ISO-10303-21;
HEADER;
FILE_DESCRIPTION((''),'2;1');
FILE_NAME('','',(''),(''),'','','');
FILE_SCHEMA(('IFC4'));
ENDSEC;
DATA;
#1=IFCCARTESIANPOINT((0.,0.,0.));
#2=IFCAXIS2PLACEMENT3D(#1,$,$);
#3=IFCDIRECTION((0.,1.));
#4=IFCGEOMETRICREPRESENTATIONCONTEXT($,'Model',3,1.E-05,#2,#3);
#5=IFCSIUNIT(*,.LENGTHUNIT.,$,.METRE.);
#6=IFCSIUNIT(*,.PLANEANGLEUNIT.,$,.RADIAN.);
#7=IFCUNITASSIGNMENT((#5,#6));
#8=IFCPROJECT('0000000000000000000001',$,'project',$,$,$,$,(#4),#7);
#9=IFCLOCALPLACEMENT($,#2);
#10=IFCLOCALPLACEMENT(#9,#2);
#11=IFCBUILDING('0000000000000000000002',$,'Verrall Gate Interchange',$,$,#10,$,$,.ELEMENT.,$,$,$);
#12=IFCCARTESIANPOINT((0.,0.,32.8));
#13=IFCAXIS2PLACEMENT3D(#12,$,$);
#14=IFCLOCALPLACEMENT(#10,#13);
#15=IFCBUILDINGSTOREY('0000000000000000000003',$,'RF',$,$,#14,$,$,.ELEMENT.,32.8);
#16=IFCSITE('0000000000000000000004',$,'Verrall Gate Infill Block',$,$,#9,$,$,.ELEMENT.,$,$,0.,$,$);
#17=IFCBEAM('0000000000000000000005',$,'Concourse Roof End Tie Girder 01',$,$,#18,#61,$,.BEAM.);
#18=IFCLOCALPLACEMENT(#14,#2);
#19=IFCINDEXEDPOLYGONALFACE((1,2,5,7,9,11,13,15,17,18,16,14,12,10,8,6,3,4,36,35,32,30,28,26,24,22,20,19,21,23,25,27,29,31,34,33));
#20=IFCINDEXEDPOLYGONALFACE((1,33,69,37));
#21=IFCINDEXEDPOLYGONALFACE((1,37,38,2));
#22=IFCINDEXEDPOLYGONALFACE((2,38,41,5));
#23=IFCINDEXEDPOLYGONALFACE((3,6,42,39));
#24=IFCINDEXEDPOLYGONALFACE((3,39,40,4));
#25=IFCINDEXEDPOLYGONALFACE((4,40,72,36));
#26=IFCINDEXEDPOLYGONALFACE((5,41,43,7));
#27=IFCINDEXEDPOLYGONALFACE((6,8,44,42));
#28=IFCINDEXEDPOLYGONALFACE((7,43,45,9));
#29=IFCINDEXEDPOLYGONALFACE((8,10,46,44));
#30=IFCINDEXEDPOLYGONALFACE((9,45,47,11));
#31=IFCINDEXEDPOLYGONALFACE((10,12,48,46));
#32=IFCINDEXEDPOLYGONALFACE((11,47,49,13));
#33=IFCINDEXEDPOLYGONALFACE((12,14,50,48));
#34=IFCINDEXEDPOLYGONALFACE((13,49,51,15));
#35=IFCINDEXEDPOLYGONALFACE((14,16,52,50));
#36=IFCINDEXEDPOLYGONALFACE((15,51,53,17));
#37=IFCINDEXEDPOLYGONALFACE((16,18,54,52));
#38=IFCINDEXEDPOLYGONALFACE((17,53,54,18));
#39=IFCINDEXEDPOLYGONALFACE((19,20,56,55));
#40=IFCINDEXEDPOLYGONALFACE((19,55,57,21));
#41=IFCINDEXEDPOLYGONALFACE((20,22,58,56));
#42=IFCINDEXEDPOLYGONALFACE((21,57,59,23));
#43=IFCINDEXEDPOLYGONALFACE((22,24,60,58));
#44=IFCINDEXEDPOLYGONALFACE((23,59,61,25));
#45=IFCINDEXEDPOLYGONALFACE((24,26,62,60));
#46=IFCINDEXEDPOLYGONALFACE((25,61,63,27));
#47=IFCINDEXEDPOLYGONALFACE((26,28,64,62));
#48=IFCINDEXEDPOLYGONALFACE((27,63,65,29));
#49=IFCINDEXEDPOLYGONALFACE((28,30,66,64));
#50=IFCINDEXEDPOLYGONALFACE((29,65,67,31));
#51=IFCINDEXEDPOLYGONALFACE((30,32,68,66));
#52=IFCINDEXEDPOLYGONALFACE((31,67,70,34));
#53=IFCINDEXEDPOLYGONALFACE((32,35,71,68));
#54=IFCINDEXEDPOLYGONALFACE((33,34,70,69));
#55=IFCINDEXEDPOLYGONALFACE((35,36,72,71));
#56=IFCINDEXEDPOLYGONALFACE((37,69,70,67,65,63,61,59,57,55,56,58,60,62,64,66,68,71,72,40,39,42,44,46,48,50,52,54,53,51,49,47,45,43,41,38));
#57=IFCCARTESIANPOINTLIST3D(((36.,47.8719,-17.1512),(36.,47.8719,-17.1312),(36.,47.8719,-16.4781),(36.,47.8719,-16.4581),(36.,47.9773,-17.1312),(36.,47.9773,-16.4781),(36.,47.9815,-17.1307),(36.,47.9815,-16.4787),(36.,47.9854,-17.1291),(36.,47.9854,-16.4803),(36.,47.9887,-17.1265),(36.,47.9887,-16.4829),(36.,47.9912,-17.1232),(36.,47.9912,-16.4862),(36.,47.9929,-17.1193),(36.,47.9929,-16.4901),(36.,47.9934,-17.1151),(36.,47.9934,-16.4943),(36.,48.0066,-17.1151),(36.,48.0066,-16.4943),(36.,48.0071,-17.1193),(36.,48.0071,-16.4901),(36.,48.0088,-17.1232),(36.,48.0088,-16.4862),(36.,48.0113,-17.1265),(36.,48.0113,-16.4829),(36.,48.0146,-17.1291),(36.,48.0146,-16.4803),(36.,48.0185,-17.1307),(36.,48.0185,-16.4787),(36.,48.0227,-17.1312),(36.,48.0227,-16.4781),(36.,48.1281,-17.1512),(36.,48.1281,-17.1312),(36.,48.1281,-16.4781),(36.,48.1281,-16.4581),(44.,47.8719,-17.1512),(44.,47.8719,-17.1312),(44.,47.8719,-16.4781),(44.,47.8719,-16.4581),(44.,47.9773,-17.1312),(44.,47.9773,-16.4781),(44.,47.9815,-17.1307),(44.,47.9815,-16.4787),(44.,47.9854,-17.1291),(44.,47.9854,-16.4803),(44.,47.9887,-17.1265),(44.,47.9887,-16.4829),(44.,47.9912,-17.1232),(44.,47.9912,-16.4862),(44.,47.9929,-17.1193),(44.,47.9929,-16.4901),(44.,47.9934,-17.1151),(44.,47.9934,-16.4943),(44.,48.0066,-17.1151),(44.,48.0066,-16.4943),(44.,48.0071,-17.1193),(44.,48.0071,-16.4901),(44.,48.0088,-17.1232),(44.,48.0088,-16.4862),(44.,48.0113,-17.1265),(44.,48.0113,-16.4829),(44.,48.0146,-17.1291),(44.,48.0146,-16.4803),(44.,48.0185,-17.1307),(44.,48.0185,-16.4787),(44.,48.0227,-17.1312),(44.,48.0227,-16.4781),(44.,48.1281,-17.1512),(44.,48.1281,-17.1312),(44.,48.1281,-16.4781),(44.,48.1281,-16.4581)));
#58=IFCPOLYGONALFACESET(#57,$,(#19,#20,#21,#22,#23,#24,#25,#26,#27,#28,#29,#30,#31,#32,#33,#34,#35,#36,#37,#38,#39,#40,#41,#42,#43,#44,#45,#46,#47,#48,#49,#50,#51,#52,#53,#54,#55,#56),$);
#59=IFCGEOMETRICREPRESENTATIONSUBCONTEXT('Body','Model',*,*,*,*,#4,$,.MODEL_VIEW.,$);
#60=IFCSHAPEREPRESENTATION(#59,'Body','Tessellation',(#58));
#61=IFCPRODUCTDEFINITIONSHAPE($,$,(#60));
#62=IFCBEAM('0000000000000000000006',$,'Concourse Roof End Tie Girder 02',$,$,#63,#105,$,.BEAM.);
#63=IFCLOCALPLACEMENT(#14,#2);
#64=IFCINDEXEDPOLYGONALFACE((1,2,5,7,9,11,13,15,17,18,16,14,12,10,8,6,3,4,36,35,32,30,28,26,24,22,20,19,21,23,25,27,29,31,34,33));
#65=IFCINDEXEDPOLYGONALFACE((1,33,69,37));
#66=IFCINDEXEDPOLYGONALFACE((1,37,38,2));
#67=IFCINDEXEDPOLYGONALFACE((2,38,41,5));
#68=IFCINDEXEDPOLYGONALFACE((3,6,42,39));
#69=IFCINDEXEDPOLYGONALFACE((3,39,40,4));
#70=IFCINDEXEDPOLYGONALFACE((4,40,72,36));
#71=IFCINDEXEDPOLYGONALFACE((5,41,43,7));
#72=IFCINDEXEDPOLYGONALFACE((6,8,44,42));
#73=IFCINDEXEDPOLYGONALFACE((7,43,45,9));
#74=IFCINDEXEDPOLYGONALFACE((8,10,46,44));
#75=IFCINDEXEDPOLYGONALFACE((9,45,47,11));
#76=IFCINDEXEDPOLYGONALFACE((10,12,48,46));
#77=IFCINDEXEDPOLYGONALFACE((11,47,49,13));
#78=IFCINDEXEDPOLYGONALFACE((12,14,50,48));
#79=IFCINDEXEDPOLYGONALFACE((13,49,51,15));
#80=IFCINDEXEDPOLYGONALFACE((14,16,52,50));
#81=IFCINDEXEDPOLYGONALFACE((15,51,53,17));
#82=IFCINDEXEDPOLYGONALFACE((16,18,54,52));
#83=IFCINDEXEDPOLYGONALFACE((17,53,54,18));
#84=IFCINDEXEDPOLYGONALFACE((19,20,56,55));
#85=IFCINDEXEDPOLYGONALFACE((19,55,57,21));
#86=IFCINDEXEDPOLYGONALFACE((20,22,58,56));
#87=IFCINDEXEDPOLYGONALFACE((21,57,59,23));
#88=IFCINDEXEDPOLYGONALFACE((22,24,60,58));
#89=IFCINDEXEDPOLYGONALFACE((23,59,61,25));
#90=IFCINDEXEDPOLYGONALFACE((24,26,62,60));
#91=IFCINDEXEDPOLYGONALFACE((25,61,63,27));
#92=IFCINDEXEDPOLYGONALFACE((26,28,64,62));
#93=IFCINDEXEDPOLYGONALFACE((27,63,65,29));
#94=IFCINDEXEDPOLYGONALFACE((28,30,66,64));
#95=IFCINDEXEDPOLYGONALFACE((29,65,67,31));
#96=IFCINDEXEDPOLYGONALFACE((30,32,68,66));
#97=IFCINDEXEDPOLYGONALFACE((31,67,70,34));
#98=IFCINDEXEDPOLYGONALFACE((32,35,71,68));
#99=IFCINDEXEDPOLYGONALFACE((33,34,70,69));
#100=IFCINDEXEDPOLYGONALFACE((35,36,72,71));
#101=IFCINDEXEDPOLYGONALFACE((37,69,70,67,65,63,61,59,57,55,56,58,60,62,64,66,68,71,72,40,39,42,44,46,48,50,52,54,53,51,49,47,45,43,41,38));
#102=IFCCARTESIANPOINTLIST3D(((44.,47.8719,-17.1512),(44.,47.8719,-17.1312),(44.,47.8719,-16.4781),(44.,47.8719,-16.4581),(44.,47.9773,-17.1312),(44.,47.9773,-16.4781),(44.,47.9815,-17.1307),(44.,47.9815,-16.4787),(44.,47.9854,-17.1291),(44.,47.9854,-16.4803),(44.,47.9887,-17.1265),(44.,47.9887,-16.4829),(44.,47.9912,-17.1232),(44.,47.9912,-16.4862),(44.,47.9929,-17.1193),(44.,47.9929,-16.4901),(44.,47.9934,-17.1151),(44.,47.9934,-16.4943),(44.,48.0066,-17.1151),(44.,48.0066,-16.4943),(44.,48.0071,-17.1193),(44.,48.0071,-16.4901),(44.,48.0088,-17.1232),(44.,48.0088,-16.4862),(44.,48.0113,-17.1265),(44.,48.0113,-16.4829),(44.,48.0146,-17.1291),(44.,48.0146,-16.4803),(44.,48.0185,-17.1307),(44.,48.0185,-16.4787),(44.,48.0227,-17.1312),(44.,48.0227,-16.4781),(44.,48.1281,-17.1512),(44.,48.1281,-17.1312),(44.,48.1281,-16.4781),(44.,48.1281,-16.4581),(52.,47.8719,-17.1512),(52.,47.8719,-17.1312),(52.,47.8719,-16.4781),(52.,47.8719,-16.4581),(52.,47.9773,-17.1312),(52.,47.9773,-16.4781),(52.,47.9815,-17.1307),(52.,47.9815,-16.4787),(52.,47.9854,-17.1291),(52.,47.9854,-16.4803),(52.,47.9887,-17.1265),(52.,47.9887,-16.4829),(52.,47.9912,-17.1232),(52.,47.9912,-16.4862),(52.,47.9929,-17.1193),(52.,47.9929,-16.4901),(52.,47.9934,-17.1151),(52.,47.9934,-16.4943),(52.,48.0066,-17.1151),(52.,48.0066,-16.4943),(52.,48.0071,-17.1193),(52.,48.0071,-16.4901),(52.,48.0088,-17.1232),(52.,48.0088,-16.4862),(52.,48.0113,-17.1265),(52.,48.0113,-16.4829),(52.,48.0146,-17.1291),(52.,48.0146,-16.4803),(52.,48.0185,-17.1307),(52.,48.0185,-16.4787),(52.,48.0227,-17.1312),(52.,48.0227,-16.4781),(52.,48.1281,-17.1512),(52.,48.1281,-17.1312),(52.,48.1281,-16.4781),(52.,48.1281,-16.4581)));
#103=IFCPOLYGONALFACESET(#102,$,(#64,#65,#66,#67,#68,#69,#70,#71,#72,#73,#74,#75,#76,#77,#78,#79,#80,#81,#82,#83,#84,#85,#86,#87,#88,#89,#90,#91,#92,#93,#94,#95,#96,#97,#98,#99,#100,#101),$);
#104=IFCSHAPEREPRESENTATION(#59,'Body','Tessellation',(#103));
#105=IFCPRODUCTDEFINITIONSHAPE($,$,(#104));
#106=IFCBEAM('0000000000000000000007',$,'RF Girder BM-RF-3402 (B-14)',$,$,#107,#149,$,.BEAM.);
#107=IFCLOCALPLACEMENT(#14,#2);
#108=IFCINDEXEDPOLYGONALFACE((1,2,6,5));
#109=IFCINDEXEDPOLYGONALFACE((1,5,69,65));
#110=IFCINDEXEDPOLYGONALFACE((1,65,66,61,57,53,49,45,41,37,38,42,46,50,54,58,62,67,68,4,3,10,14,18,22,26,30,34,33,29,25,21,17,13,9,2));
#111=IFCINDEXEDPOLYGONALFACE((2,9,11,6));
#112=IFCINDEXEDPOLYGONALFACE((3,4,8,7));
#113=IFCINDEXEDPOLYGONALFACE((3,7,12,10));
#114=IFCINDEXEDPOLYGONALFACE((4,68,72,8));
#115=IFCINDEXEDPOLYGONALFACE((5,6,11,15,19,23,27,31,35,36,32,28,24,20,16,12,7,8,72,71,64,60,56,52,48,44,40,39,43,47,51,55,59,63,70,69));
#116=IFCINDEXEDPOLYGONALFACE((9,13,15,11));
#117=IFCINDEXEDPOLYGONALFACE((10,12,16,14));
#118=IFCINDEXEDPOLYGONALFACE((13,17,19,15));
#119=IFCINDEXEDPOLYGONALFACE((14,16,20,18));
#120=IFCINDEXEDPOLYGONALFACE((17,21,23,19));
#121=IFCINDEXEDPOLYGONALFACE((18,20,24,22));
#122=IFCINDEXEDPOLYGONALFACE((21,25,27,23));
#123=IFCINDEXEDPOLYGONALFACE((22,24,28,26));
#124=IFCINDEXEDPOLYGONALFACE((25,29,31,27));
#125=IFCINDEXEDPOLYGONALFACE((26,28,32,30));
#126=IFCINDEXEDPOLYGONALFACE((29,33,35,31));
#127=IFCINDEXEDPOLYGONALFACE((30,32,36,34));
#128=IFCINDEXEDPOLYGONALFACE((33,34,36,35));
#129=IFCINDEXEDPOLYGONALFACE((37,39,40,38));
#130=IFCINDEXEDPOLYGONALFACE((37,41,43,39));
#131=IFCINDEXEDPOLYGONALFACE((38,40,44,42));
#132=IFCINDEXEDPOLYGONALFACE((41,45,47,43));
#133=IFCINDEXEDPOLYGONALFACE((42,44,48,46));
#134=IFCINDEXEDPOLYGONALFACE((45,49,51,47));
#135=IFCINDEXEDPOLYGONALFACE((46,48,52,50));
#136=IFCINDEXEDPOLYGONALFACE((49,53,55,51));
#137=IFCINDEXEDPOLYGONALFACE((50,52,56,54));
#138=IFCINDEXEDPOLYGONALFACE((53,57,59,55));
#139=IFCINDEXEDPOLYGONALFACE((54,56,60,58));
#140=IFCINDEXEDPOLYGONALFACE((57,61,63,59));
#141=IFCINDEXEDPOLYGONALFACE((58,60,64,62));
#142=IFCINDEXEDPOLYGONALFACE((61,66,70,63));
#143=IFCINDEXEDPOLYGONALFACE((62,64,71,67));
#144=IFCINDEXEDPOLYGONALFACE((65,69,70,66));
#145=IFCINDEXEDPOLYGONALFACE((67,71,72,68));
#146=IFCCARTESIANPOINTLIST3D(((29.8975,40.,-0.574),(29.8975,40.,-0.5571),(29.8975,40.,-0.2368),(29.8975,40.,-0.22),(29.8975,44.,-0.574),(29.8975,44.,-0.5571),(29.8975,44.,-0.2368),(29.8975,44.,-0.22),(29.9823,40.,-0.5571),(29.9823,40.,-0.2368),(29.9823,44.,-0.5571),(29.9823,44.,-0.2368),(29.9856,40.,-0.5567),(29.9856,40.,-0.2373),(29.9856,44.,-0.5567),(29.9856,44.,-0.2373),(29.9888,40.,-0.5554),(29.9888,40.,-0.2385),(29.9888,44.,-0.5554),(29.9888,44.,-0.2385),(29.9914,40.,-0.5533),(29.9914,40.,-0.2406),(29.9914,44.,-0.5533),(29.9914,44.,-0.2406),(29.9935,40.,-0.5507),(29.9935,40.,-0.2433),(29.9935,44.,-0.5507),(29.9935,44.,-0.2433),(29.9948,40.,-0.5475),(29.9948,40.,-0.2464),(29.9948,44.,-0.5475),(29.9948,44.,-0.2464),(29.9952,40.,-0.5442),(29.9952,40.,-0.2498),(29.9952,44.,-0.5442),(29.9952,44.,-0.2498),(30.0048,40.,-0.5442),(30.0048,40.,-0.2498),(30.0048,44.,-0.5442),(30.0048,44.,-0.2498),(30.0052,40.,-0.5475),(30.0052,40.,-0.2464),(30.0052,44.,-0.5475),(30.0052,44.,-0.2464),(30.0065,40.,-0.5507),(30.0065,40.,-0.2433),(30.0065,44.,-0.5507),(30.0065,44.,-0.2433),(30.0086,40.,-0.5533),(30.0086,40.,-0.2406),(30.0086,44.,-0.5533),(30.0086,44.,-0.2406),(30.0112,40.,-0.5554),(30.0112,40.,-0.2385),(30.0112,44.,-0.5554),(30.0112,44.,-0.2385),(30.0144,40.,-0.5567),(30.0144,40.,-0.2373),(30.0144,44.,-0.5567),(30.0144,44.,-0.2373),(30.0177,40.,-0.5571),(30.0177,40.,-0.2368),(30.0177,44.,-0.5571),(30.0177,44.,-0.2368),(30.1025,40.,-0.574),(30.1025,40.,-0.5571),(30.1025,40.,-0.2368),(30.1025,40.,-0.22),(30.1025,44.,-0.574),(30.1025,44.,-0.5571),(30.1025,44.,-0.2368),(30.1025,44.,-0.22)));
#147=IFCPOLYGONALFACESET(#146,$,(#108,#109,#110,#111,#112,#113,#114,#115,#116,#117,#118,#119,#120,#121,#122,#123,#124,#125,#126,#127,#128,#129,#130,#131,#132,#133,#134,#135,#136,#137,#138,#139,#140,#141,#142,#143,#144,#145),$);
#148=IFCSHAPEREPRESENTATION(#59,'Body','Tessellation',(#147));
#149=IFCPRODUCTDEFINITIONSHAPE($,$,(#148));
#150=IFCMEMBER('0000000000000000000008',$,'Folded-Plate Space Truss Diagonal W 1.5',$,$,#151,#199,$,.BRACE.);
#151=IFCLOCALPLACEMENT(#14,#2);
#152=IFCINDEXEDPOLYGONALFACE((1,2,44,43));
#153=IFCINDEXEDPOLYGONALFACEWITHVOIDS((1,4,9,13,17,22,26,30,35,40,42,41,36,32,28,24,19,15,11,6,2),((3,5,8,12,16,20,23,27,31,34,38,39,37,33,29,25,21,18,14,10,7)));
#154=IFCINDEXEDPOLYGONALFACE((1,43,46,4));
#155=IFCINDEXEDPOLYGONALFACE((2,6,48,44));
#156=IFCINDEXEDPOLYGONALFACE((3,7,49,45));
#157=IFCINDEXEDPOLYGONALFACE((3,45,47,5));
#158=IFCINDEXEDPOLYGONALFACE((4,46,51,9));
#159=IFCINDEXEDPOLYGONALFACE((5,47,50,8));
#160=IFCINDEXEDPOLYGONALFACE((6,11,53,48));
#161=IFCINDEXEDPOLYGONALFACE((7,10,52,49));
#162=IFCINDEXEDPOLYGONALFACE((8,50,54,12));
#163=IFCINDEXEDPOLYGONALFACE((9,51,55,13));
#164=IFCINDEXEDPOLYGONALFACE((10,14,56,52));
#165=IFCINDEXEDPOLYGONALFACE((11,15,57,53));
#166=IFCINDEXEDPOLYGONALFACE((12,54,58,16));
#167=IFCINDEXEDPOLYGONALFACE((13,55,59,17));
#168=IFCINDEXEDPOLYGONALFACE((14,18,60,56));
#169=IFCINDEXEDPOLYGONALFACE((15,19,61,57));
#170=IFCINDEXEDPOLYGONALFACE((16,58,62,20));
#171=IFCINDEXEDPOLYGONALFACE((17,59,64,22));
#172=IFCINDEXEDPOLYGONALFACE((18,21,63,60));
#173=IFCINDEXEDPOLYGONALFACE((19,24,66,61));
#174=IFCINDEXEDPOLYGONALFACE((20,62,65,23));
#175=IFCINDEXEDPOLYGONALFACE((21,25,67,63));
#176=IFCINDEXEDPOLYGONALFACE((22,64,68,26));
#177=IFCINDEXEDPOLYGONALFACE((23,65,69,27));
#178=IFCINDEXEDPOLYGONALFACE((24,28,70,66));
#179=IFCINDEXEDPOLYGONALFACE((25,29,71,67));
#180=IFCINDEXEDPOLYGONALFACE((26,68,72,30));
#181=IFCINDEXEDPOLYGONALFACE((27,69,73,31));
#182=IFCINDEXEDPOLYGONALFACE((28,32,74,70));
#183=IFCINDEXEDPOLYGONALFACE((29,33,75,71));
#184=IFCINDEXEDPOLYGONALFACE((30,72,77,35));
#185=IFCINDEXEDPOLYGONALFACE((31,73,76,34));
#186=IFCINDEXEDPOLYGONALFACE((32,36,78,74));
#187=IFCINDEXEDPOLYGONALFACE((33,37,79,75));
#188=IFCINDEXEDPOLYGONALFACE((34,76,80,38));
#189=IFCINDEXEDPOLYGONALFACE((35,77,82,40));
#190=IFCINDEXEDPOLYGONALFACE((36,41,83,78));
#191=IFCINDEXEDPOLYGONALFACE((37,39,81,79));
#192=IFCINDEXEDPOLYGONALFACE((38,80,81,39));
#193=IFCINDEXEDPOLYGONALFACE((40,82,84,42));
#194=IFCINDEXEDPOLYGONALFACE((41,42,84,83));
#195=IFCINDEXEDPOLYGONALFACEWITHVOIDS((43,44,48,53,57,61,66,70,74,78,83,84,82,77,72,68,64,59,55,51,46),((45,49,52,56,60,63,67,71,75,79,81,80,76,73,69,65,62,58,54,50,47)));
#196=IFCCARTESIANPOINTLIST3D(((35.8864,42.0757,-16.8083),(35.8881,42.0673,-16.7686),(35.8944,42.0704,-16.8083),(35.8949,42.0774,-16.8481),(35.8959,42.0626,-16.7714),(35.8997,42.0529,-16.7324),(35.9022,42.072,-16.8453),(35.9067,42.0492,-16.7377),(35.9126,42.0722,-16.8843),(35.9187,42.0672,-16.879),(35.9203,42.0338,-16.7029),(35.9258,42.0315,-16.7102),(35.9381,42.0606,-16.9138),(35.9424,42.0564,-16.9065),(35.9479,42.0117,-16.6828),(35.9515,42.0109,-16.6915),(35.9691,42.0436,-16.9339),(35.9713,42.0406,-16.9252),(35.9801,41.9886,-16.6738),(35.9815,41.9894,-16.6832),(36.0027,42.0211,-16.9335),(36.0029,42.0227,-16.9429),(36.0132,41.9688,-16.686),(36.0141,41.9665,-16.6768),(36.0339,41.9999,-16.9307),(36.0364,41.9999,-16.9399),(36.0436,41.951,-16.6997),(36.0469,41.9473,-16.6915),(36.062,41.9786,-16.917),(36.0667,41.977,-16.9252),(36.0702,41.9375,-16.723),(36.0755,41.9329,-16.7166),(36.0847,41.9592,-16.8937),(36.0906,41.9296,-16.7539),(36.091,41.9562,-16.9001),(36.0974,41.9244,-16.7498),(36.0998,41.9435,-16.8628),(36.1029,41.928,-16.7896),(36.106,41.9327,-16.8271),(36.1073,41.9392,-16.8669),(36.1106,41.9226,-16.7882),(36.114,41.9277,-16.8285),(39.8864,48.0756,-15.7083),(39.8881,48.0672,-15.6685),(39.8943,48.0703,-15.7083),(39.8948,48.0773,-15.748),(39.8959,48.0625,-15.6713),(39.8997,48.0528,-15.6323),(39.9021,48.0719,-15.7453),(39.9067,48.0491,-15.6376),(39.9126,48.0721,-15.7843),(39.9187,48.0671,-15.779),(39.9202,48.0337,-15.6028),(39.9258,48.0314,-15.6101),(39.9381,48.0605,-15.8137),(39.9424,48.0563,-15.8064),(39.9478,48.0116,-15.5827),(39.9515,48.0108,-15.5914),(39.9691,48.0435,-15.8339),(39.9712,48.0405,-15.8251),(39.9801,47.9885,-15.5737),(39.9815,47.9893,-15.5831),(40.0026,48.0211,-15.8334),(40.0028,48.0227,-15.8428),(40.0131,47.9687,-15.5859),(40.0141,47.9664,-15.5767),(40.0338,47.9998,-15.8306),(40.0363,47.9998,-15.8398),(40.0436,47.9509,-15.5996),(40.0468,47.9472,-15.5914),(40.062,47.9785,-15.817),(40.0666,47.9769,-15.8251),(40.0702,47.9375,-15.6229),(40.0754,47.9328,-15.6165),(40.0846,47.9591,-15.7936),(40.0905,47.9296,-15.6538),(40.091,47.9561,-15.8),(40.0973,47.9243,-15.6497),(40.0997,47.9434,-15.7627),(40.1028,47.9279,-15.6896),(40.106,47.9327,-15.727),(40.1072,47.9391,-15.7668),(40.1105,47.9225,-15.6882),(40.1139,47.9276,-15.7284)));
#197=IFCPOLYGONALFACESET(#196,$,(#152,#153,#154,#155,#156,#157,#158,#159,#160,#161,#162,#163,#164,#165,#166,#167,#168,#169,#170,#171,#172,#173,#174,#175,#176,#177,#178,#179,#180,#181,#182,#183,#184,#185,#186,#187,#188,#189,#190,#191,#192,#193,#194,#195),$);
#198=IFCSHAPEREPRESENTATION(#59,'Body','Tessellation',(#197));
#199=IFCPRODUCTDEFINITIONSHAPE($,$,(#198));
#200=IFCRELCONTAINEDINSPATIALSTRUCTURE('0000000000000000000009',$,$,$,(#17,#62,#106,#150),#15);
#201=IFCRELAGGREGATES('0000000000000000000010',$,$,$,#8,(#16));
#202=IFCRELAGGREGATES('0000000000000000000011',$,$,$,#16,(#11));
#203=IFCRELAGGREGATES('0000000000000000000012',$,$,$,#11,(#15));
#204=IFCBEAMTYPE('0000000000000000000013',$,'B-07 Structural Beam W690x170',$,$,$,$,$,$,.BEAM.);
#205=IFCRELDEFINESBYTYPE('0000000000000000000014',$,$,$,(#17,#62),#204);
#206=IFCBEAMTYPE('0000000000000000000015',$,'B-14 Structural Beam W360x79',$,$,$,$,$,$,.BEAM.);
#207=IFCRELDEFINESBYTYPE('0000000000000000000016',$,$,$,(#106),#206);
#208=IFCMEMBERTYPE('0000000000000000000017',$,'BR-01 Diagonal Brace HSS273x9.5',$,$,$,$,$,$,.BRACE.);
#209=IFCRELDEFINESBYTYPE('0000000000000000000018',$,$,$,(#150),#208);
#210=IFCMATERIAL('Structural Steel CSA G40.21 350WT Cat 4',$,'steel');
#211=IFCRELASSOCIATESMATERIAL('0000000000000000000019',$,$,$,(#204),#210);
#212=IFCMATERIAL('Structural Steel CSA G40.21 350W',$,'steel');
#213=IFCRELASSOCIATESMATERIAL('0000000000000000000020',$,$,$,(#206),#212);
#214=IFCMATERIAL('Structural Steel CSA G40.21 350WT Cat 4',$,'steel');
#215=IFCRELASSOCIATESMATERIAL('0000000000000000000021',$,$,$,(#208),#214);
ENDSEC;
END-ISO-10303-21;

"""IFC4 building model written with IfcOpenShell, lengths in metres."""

from ifc_helpers import new_model, si_unit, direction, frame, origin, origin_2d, place, context, subcontext, project, spatial, hollow_circle, i_section, extrude, material, material_profile, profile_set, type_object, element, save


model = new_model("IFC4")

# Units and contexts
model_context = context("Model", 3, precision=1e-05, world=origin(), true_north=direction((0.0, 1.0)))
body_context = subcontext(model_context, "Body", "Model", "MODEL_VIEW")
ifc_project = project(units=[si_unit("LENGTHUNIT", "METRE"), si_unit("PLANEANGLEUNIT", "RADIAN")], contexts=[model_context])

# Site, building, storey
site_placement = place(None, origin())
site = spatial("IfcSite", under=ifc_project, at=site_placement, Name="Verrall Gate Infill Block", CompositionType="ELEMENT", RefElevation=0.0)
building_placement = place(site_placement, origin())
building = spatial("IfcBuilding", under=site, at=building_placement, Name="Verrall Gate Interchange", CompositionType="ELEMENT")
storey_placement = place(building_placement, frame((0.0, 0.0, 32.8)))
storey = spatial("IfcBuildingStorey", under=building, at=storey_placement, Name="RF", CompositionType="ELEMENT", Elevation=32.8)

# Beams
ifc_material_1 = material(Name="Structural Steel CSA G40.21 350WT Cat 4", Category="steel")
ifc_material_profile_1 = material_profile(ifc_material_1, i_section(OverallWidth=0.2561, OverallDepth=0.6931, WebThickness=0.0132, FlangeThickness=0.02, FilletRadius=0.0161, at=origin_2d()), Name="W690x170")
ifc_profile_set_1 = profile_set([ifc_material_profile_1], Name="Structural Steel CSA G40.21 350WT Cat 4")
beam_type_1 = type_object("IfcBeamType", Name="B-07 Structural Beam W690x170", PredefinedType="BEAM", material=ifc_profile_set_1)
for number, where, z_axis, x_axis, name in (
    (1, (36.0, 48.0, -16.8047), (1.0, 0.0, 0.0), (0.0, 1.0, 0.0), "Concourse Roof End Tie Girder 01"),
    (2, (44.0, 48.0, -16.8047), (1.0, 0.0, 0.0), (0.0, 1.0, 0.0), "Concourse Roof End Tie Girder 02"),
):
    element("IfcBeam", number, at=place(storey_placement, frame(where, z_axis=z_axis, x_axis=x_axis)), inside=storey, type_object=beam_type_1, Name=name, PredefinedType="BEAM", context=body_context, shape_type="SweptSolid", body=[
        extrude(i_section(OverallWidth=0.2561, OverallDepth=0.6931, WebThickness=0.0132, FlangeThickness=0.02, FilletRadius=0.0161, at=origin_2d()), origin(), (0.0, 0.0, 1.0), 8.0),
    ])
ifc_material_2 = material(Name="Structural Steel CSA G40.21 350W", Category="steel")
ifc_material_profile_2 = material_profile(ifc_material_2, i_section(OverallWidth=0.2051, OverallDepth=0.354, WebThickness=0.0095, FlangeThickness=0.0168, FilletRadius=0.0129, at=origin_2d()), Name="W360x79")
ifc_profile_set_2 = profile_set([ifc_material_profile_2], Name="Structural Steel CSA G40.21 350W")
beam_type_2 = type_object("IfcBeamType", Name="B-14 Structural Beam W360x79", PredefinedType="BEAM", material=ifc_profile_set_2)
beam_placement = place(storey_placement, frame((30.0, 40.0, -0.397), z_axis=(0.0, 1.0, 0.0), x_axis=(-1.0, 0.0, 0.0)))
element("IfcBeam", 3, at=beam_placement, inside=storey, type_object=beam_type_2, Name="RF Girder BM-RF-3402 (B-14)", PredefinedType="BEAM", context=body_context, shape_type="SweptSolid", body=[
    extrude(i_section(OverallWidth=0.2051, OverallDepth=0.354, WebThickness=0.0095, FlangeThickness=0.0168, FilletRadius=0.0129, at=origin_2d()), origin(), (0.0, 0.0, 1.0), 4.0),
])

# Member
ifc_material_3 = material(Name="Structural Steel CSA G40.21 350WT Cat 4", Category="steel")
ifc_material_profile_3 = material_profile(ifc_material_3, hollow_circle(Radius=0.1365, WallThickness=0.0095, at=origin_2d()), Name="HSS273x9.5")
ifc_profile_set_3 = profile_set([ifc_material_profile_3], Name="Structural Steel CSA G40.21 350WT Cat 4")
member_type_1 = type_object("IfcMemberType", Name="BR-01 Diagonal Brace HSS273x9.5", PredefinedType="BRACE", material=ifc_profile_set_3)
member_1_placement = place(storey_placement, frame((36.0, 42.0, -16.8083), z_axis=(0.548356, 0.822534, 0.150811), x_axis=(-0.83205, 0.5547, 0.0)))
element("IfcMember", 4, at=member_1_placement, inside=storey, type_object=member_type_1, Name="Folded-Plate Space Truss Diagonal W 1.5", PredefinedType="BRACE", context=body_context, shape_type="SweptSolid", body=[
    extrude(hollow_circle(Radius=0.1365, WallThickness=0.0095, at=origin_2d()), origin(), (0.0, 0.0, 1.0), 7.2944),
])

save(model, "model.ifc")
